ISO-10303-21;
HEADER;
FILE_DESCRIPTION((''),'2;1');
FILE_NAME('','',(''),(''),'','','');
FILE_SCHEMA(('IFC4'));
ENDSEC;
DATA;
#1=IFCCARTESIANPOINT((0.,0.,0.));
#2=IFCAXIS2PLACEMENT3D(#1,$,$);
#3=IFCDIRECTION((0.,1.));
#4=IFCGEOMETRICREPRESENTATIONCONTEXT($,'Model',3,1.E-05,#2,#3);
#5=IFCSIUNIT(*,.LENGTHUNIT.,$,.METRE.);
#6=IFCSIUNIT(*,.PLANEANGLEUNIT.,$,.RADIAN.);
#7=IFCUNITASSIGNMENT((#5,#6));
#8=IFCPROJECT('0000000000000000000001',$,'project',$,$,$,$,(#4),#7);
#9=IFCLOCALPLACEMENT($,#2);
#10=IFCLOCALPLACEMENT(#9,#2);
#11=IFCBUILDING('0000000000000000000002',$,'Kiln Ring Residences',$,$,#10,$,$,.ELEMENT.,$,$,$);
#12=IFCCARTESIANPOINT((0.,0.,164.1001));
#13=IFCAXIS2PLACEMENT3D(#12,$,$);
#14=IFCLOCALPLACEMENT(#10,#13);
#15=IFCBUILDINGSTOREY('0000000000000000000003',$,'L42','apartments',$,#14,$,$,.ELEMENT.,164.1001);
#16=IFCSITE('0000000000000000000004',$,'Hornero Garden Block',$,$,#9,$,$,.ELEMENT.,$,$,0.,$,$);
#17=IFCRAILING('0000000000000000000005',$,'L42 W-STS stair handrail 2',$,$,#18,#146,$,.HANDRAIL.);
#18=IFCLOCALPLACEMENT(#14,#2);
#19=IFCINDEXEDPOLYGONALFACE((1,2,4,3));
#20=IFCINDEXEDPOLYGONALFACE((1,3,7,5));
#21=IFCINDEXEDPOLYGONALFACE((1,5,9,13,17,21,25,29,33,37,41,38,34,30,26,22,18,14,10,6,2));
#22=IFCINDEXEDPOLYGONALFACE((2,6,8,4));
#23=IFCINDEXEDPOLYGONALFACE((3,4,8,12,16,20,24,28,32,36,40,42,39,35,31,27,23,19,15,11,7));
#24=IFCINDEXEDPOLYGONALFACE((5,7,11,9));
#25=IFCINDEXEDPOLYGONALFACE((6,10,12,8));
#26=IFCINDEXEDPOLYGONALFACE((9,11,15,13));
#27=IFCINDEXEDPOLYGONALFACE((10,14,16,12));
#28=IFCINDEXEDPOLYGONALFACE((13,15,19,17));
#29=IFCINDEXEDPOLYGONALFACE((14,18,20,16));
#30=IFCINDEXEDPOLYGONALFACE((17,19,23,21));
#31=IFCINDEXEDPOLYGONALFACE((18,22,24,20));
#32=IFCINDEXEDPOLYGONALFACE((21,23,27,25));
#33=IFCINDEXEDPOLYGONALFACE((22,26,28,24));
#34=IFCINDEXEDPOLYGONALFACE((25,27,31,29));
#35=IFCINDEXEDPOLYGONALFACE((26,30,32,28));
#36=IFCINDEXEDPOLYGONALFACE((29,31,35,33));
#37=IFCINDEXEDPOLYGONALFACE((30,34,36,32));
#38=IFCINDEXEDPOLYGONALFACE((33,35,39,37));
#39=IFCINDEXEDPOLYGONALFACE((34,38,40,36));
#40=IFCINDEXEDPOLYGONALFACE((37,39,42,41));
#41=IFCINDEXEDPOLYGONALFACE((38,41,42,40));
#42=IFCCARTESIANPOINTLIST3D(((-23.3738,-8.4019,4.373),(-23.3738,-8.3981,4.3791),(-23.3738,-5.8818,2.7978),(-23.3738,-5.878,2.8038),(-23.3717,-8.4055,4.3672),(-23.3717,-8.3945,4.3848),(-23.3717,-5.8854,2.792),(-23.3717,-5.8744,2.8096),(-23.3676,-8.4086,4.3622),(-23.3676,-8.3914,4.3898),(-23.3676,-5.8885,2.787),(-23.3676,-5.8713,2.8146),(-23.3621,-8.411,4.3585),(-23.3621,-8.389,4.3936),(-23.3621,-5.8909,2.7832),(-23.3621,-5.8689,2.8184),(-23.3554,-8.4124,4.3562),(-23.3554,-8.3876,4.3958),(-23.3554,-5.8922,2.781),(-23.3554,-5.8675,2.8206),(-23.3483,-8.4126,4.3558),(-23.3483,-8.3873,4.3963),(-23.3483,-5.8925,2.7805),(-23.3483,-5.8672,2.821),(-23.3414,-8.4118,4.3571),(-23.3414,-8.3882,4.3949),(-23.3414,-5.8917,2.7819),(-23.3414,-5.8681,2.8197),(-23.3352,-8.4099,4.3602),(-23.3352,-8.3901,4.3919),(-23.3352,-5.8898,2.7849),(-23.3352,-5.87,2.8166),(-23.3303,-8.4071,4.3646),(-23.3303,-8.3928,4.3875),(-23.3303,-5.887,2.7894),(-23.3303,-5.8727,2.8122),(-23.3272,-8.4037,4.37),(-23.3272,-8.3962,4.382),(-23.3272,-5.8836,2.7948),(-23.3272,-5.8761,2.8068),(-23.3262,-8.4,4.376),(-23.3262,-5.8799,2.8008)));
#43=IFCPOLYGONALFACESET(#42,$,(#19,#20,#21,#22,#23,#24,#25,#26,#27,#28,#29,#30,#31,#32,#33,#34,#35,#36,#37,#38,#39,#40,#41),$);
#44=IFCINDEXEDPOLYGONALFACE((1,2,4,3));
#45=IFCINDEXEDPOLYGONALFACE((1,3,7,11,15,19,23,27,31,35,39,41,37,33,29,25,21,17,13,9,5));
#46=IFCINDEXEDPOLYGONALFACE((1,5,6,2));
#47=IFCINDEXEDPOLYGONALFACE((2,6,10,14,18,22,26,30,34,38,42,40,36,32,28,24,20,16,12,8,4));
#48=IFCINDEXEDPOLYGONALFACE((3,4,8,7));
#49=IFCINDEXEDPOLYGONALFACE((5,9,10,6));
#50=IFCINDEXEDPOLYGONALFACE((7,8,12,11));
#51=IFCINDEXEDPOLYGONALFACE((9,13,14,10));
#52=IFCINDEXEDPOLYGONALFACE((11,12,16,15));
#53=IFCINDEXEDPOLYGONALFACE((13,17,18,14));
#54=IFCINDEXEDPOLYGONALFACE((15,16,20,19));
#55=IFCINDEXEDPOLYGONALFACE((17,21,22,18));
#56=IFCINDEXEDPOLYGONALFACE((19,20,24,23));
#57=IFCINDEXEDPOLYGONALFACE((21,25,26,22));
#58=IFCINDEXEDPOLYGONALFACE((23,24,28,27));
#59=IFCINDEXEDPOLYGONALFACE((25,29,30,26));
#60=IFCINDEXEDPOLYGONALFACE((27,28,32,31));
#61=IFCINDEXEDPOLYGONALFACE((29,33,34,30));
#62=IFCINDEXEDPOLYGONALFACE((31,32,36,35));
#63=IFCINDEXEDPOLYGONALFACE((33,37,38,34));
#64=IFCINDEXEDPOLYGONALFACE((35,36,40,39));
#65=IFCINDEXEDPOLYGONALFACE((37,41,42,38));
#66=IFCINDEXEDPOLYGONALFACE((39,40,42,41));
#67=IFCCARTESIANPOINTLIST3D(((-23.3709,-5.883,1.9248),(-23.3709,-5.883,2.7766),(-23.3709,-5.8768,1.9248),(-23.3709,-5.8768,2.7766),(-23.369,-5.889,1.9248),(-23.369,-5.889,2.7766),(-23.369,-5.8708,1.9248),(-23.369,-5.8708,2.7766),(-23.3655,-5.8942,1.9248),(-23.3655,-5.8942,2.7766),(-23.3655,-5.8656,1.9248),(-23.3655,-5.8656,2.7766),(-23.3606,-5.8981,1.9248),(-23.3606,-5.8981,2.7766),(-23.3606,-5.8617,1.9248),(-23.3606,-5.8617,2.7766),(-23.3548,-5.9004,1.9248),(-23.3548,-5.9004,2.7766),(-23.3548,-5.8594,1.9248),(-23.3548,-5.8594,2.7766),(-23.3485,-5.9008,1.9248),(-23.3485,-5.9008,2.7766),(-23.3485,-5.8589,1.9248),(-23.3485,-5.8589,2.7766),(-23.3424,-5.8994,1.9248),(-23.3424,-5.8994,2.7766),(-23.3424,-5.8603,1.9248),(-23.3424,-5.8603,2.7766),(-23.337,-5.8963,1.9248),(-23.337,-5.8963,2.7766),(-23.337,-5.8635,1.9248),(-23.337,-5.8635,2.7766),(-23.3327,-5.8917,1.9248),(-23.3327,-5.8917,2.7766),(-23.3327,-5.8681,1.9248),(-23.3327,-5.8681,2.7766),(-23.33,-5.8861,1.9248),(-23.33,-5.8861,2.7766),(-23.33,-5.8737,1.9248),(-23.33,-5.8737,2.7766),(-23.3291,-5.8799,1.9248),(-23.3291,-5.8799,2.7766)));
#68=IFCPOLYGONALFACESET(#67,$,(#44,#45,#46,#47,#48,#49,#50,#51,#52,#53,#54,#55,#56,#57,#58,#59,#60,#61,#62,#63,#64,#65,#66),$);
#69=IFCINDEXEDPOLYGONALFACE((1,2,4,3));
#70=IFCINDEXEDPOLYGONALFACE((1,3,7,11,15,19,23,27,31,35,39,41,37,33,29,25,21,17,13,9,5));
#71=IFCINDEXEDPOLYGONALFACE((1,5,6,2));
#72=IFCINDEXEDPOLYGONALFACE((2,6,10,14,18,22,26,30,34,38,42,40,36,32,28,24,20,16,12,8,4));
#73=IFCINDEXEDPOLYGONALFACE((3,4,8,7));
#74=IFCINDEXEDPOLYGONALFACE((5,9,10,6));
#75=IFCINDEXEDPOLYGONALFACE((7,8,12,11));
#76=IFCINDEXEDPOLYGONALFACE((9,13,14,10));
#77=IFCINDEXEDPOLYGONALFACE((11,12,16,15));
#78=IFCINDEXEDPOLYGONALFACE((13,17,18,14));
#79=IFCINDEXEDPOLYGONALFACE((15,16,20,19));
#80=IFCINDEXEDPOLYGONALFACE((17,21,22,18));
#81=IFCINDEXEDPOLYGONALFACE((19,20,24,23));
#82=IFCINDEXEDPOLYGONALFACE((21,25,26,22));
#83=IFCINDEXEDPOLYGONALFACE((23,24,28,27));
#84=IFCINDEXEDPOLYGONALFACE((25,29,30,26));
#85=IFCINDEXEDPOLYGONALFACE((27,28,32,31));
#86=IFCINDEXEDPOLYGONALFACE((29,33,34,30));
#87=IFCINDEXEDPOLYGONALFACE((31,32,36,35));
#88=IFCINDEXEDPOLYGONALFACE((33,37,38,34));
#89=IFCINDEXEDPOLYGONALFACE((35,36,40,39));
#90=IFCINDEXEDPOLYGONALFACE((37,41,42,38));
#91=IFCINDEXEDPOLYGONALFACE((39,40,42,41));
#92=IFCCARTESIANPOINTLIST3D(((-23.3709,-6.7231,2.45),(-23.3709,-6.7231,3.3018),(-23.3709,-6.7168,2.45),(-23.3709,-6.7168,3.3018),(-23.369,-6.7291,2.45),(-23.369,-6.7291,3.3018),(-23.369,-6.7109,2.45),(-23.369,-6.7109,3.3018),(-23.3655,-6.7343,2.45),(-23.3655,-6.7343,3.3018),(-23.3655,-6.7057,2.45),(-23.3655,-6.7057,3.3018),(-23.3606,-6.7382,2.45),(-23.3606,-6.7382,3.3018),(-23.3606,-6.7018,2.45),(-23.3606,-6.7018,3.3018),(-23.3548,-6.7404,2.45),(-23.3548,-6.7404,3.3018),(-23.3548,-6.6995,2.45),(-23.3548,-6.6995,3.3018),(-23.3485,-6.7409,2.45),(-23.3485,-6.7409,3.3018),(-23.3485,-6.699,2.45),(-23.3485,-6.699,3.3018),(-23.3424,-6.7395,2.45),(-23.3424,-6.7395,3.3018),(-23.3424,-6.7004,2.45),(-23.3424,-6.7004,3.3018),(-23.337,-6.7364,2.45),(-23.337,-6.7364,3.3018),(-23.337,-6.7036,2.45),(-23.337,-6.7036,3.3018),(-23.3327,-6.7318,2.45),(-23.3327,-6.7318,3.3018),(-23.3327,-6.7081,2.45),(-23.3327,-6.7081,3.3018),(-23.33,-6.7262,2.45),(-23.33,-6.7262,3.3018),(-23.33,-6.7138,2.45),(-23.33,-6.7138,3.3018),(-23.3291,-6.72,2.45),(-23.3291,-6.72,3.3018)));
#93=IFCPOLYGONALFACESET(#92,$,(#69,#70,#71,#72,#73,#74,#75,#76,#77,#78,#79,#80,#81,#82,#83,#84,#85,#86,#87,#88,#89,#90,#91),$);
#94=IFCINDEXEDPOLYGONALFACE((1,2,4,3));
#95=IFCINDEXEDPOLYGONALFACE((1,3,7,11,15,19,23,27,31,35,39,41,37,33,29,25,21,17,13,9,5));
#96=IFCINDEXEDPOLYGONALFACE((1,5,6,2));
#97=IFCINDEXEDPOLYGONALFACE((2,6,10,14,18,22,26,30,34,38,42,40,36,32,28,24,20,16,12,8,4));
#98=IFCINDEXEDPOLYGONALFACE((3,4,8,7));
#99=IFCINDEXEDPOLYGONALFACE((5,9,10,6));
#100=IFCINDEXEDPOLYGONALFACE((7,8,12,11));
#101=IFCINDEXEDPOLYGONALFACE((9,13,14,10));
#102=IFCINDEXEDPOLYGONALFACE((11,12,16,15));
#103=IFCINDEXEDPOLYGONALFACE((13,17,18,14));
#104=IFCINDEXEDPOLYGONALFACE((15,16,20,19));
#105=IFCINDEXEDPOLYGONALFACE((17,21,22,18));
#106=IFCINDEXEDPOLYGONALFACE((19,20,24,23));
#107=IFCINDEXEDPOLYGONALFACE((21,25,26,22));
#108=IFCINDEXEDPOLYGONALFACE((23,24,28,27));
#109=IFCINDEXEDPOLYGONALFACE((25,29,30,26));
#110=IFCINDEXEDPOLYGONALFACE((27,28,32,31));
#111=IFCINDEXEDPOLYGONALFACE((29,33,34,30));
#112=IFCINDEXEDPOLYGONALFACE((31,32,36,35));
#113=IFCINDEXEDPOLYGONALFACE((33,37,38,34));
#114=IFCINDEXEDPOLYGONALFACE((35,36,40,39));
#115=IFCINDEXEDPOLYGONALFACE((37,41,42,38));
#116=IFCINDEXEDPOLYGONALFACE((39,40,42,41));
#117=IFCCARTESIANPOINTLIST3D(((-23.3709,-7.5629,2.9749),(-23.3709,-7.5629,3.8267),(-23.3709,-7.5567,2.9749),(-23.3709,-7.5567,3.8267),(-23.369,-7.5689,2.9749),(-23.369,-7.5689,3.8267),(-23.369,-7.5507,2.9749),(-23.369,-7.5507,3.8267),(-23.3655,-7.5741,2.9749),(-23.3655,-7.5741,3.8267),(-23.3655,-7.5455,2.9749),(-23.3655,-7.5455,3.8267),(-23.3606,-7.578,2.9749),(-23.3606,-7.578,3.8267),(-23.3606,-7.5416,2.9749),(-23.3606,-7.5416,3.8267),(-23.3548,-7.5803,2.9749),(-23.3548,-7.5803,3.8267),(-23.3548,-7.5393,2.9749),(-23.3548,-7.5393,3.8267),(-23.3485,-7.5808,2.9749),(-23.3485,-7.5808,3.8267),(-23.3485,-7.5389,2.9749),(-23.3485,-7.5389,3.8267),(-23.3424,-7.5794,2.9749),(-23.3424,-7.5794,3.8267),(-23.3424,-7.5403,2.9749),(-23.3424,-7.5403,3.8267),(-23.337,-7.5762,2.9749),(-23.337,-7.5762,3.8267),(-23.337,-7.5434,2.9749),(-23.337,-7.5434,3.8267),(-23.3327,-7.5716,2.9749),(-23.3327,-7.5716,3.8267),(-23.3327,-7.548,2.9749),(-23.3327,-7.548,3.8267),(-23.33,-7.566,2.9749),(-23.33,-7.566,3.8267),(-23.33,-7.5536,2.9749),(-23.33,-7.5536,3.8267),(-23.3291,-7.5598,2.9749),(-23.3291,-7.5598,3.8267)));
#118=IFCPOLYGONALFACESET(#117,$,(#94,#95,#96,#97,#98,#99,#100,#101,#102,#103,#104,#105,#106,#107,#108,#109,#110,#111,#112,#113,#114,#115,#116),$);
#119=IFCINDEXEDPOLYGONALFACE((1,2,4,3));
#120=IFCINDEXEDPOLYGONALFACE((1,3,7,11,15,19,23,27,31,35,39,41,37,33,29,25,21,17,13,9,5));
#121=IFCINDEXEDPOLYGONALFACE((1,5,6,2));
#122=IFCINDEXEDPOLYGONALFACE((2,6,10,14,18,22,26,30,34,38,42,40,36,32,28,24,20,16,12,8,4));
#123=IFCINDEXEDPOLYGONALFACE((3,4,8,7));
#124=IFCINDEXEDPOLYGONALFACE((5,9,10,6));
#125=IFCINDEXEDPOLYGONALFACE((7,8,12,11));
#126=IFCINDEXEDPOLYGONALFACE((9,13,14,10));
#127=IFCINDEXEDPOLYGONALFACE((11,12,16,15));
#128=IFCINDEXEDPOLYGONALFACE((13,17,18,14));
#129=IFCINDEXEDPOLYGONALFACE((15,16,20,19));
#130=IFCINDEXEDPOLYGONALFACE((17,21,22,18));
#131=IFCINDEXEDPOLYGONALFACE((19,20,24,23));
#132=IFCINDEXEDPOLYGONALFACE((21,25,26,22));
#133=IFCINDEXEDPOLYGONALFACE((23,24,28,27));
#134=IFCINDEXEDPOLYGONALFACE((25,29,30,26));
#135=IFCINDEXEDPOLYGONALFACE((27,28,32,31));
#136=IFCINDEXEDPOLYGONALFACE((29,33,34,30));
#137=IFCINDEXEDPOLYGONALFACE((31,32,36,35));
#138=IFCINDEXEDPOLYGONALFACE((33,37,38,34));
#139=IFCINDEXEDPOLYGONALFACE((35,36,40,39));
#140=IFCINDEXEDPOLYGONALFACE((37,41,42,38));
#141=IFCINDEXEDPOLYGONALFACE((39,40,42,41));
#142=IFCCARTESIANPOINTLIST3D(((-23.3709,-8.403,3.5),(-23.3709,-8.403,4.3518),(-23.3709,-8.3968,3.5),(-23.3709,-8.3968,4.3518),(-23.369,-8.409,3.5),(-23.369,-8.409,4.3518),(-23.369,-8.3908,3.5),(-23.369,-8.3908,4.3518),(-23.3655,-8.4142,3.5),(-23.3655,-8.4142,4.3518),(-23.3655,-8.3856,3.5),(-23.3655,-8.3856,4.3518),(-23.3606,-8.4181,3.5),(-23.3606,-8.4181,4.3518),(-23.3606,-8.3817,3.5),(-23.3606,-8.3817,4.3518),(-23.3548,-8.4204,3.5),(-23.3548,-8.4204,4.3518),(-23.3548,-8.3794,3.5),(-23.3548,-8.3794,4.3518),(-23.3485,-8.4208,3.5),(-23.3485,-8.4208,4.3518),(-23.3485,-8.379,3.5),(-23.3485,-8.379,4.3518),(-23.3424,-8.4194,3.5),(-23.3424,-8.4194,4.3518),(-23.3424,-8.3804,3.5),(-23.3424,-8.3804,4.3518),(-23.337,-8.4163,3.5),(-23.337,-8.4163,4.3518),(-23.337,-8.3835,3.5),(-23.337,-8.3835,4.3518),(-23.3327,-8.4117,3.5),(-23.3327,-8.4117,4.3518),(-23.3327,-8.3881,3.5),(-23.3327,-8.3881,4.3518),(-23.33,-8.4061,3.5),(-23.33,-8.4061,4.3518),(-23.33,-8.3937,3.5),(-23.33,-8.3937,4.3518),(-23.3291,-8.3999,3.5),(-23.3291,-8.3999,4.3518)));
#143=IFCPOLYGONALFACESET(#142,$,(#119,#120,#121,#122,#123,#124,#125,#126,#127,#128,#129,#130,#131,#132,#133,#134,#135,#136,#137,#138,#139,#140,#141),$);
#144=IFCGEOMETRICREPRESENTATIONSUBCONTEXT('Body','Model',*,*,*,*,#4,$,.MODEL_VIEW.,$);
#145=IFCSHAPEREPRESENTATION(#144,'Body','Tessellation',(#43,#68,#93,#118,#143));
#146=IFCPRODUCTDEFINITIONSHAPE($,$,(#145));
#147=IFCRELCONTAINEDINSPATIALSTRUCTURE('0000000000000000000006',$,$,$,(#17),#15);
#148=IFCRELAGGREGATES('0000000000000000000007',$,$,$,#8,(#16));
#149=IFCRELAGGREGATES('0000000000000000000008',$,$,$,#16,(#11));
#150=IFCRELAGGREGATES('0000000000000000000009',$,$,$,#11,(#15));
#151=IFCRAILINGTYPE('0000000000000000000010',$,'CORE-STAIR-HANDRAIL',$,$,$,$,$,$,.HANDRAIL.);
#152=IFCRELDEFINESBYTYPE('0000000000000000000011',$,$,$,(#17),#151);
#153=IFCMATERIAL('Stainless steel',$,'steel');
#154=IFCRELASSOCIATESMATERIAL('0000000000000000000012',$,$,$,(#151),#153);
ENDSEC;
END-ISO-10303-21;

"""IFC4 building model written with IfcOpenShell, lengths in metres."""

from ifc_helpers import new_model, si_unit, direction, frame, origin, origin_2d, place, context, subcontext, project, spatial, circle, extrude, material, type_object, element, save


model = new_model("IFC4")

# Units and contexts
model_context = context("Model", 3, precision=1e-05, world=origin(), true_north=direction((0.0, 1.0)))
body_context = subcontext(model_context, "Body", "Model", "MODEL_VIEW")
ifc_project = project(units=[si_unit("LENGTHUNIT", "METRE"), si_unit("PLANEANGLEUNIT", "RADIAN")], contexts=[model_context])

# Site, building, storey
site_placement = place(None, origin())
site = spatial("IfcSite", under=ifc_project, at=site_placement, Name="Hornero Garden Block", CompositionType="ELEMENT", RefElevation=0.0)
building_placement = place(site_placement, origin())
building = spatial("IfcBuilding", under=site, at=building_placement, Name="Kiln Ring Residences", CompositionType="ELEMENT")
storey_placement = place(building_placement, frame((0.0, 0.0, 164.1001)))
storey = spatial("IfcBuildingStorey", under=building, at=storey_placement, Name="L42", Description="apartments", CompositionType="ELEMENT", Elevation=164.1001)

# Railing
ifc_material_1 = material(Name="Stainless steel", Category="steel")
railing_type_1 = type_object("IfcRailingType", Name="CORE-STAIR-HANDRAIL", PredefinedType="HANDRAIL", material=ifc_material_1)
railing_1_placement = place(storey_placement, frame((-23.3501, -5.8799, 1.9248)))
element("IfcRailing", 1, at=railing_1_placement, inside=storey, type_object=railing_type_1, Name="L42 W-STS stair handrail 2", PredefinedType="HANDRAIL", context=body_context, shape_type="SweptSolid", body=[
    extrude(circle(Radius=0.0239, at=origin_2d()), frame((0.0, 0.0, 0.876), z_axis=(0.0, -0.847971, 0.530043), x_axis=(1.0, 0.0, 0.0)), (0.0, 0.0, 1.0), 2.9719),
    extrude(circle(Radius=0.021, at=origin_2d()), origin(), (0.0, 0.0, 1.0), 0.8518),
    extrude(circle(Radius=0.021, at=origin_2d()), frame((0.0, -0.8401, 0.5251)), (0.0, 0.0, 1.0), 0.8518),
    extrude(circle(Radius=0.021, at=origin_2d()), frame((0.0, -1.6799, 1.05)), (0.0, 0.0, 1.0), 0.8518),
    extrude(circle(Radius=0.021, at=origin_2d()), frame((0.0, -2.52, 1.5752)), (0.0, 0.0, 1.0), 0.8518),
])

save(model, "model.ifc")
